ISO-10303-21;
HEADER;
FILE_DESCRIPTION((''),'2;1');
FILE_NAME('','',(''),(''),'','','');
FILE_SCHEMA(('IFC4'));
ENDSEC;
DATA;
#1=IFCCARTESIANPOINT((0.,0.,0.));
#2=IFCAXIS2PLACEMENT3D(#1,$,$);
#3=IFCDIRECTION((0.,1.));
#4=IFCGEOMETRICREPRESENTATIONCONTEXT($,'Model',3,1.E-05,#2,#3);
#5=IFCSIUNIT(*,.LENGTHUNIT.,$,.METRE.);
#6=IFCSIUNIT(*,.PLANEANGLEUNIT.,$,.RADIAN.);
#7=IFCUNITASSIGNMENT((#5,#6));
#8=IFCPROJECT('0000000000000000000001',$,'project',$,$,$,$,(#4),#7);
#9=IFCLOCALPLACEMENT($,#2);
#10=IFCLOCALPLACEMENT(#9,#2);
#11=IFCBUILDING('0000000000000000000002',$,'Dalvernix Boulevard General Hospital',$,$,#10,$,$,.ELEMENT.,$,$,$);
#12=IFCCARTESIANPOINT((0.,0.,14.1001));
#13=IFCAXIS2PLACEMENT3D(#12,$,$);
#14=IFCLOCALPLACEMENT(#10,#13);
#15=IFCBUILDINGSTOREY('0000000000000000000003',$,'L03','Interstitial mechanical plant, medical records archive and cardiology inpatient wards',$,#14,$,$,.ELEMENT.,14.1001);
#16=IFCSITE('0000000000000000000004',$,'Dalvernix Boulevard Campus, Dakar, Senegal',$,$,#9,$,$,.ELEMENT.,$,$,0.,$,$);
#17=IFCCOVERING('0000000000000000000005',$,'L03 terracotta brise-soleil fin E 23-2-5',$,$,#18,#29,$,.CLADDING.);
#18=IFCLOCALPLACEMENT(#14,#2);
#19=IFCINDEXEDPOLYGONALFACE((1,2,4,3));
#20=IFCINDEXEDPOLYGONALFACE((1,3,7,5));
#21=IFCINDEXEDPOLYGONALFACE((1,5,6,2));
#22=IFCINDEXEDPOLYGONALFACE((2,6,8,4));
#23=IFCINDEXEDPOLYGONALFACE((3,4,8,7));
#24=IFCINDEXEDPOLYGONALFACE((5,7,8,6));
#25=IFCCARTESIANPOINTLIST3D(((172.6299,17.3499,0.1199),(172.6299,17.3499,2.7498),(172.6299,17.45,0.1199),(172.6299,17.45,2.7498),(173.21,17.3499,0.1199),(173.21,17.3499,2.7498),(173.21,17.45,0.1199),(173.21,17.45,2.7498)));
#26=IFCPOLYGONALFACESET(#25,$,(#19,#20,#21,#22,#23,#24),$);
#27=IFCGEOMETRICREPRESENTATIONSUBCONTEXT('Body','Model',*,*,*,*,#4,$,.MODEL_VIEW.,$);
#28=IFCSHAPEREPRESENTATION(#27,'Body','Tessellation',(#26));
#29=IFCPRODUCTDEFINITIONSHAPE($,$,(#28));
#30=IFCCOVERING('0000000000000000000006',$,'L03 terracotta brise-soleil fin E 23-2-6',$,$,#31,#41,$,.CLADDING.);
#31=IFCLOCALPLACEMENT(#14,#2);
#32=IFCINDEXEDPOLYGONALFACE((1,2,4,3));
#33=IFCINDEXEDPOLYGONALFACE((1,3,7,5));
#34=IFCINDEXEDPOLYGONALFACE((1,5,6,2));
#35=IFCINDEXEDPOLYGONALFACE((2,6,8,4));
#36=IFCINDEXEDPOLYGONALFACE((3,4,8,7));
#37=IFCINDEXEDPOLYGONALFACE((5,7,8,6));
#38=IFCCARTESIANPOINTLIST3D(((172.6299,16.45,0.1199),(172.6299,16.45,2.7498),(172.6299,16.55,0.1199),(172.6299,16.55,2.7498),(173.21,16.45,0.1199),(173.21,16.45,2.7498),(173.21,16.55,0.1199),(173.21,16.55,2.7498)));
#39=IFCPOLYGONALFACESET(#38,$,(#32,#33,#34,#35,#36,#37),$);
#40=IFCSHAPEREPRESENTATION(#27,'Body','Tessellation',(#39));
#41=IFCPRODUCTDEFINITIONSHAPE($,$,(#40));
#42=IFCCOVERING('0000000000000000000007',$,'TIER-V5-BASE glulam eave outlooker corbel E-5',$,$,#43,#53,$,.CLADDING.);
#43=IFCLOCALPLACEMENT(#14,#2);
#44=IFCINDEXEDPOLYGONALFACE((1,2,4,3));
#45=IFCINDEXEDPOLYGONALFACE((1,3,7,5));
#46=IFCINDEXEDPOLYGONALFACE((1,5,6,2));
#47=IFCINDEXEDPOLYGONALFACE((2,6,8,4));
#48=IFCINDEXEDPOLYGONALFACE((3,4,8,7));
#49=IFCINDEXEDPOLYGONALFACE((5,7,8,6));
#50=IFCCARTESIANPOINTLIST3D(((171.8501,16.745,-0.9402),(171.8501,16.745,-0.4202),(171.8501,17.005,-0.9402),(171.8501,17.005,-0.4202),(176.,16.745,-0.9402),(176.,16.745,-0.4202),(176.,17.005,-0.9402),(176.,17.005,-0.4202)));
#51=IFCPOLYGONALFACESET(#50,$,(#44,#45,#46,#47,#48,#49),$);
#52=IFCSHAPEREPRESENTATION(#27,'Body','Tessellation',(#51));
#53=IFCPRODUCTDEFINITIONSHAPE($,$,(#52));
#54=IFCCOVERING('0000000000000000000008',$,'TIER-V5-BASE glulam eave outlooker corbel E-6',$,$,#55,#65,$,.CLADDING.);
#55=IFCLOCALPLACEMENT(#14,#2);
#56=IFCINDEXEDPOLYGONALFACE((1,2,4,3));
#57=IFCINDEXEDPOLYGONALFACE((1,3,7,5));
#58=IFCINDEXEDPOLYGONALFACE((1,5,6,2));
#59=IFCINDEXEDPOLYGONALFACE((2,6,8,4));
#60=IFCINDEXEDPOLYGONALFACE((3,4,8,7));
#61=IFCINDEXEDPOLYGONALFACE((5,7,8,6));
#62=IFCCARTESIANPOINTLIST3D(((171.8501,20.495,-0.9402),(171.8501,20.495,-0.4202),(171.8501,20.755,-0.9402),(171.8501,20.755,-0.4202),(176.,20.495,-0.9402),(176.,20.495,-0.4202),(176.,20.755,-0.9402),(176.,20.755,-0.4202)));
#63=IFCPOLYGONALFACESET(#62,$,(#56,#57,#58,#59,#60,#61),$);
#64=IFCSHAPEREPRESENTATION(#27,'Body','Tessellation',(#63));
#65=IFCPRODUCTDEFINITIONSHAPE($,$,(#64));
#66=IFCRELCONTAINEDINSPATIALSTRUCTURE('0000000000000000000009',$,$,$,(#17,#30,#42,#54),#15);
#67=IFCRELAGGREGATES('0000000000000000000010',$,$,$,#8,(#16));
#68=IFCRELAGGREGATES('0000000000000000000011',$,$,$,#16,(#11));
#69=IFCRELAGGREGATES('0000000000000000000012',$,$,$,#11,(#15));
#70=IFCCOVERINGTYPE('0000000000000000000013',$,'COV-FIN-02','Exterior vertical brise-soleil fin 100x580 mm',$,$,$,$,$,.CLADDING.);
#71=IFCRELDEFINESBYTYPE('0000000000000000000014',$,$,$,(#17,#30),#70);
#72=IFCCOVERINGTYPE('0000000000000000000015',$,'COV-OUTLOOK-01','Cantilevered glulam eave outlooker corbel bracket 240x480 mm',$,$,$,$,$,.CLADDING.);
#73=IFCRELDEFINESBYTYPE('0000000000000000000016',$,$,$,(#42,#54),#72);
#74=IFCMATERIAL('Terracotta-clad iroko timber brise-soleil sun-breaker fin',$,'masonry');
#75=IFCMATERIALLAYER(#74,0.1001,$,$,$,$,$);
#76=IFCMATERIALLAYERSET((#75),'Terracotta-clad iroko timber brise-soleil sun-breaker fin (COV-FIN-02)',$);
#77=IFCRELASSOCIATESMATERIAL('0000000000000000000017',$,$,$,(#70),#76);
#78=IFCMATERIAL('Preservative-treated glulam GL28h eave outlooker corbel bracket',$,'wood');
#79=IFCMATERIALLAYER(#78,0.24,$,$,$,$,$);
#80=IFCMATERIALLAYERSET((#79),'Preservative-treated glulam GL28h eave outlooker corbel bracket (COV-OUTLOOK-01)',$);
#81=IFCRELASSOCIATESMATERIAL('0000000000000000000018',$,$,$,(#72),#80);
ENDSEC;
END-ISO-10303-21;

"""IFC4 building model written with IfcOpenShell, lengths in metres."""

from ifc_helpers import new_model, si_unit, direction, frame, origin, origin_2d, place, context, subcontext, project, spatial, rectangle, extrude, material, layer, layer_set, type_object, element, save


model = new_model("IFC4")

# Units and contexts
model_context = context("Model", 3, precision=1e-05, world=origin(), true_north=direction((0.0, 1.0)))
body_context = subcontext(model_context, "Body", "Model", "MODEL_VIEW")
ifc_project = project(units=[si_unit("LENGTHUNIT", "METRE"), si_unit("PLANEANGLEUNIT", "RADIAN")], contexts=[model_context])

# Site, building, storey
site_placement = place(None, origin())
site = spatial("IfcSite", under=ifc_project, at=site_placement, Name="Dalvernix Boulevard Campus, Dakar, Senegal", CompositionType="ELEMENT", RefElevation=0.0)
building_placement = place(site_placement, origin())
building = spatial("IfcBuilding", under=site, at=building_placement, Name="Dalvernix Boulevard General Hospital", CompositionType="ELEMENT")
storey_placement = place(building_placement, frame((0.0, 0.0, 14.1001)))
storey = spatial("IfcBuildingStorey", under=building, at=storey_placement, Name="L03", Description="Interstitial mechanical plant, medical records archive and cardiology inpatient wards", CompositionType="ELEMENT", Elevation=14.1001)

# Coverings
ifc_material_1 = material(Name="Terracotta-clad iroko timber brise-soleil sun-breaker fin", Category="masonry")
ifc_layer_1 = layer(ifc_material_1, 0.1001)
ifc_layer_set_1 = layer_set([ifc_layer_1], Name="Terracotta-clad iroko timber brise-soleil sun-breaker fin (COV-FIN-02)")
covering_type_1 = type_object("IfcCoveringType", Name="COV-FIN-02", Description="Exterior vertical brise-soleil fin 100x580 mm", PredefinedType="CLADDING", material=ifc_layer_set_1)
for number, where, z_axis, x_axis, name in (
    (1, (172.9199, 17.3999, 0.1199), (0.0, 0.0, 1.0), (0.0, -1.0, 0.0), "L03 terracotta brise-soleil fin E 23-2-5"),
    (2, (172.9199, 16.5, 0.1199), (0.0, 0.0, 1.0), (0.0, -1.0, 0.0), "L03 terracotta brise-soleil fin E 23-2-6"),
):
    element("IfcCovering", number, at=place(storey_placement, frame(where, z_axis=z_axis, x_axis=x_axis)), inside=storey, type_object=covering_type_1, Name=name, PredefinedType="CLADDING", context=body_context, shape_type="SweptSolid", body=[
        extrude(rectangle(XDim=0.1001, YDim=0.5801, at=origin_2d()), origin(), (0.0, 0.0, 1.0), 2.6299),
    ])
ifc_material_2 = material(Name="Preservative-treated glulam GL28h eave outlooker corbel bracket", Category="wood")
ifc_layer_2 = layer(ifc_material_2, 0.24)
ifc_layer_set_2 = layer_set([ifc_layer_2], Name="Preservative-treated glulam GL28h eave outlooker corbel bracket (COV-OUTLOOK-01)")
covering_type_2 = type_object("IfcCoveringType", Name="COV-OUTLOOK-01", Description="Cantilevered glulam eave outlooker corbel bracket 240x480 mm", PredefinedType="CLADDING", material=ifc_layer_set_2)
for number, where, z_axis, x_axis, name in (
    (3, (173.925, 16.875, -0.9402), (0.0, 0.0, 1.0), (1.0, 0.0, 0.0), "TIER-V5-BASE glulam eave outlooker corbel E-5"),
    (4, (173.925, 20.625, -0.9402), (0.0, 0.0, 1.0), (1.0, 0.0, 0.0), "TIER-V5-BASE glulam eave outlooker corbel E-6"),
):
    element("IfcCovering", number, at=place(storey_placement, frame(where, z_axis=z_axis, x_axis=x_axis)), inside=storey, type_object=covering_type_2, Name=name, PredefinedType="CLADDING", context=body_context, shape_type="SweptSolid", body=[
        extrude(rectangle(XDim=4.1499, YDim=0.26, at=origin_2d()), origin(), (0.0, 0.0, 1.0), 0.52),
    ])

save(model, "model.ifc")
